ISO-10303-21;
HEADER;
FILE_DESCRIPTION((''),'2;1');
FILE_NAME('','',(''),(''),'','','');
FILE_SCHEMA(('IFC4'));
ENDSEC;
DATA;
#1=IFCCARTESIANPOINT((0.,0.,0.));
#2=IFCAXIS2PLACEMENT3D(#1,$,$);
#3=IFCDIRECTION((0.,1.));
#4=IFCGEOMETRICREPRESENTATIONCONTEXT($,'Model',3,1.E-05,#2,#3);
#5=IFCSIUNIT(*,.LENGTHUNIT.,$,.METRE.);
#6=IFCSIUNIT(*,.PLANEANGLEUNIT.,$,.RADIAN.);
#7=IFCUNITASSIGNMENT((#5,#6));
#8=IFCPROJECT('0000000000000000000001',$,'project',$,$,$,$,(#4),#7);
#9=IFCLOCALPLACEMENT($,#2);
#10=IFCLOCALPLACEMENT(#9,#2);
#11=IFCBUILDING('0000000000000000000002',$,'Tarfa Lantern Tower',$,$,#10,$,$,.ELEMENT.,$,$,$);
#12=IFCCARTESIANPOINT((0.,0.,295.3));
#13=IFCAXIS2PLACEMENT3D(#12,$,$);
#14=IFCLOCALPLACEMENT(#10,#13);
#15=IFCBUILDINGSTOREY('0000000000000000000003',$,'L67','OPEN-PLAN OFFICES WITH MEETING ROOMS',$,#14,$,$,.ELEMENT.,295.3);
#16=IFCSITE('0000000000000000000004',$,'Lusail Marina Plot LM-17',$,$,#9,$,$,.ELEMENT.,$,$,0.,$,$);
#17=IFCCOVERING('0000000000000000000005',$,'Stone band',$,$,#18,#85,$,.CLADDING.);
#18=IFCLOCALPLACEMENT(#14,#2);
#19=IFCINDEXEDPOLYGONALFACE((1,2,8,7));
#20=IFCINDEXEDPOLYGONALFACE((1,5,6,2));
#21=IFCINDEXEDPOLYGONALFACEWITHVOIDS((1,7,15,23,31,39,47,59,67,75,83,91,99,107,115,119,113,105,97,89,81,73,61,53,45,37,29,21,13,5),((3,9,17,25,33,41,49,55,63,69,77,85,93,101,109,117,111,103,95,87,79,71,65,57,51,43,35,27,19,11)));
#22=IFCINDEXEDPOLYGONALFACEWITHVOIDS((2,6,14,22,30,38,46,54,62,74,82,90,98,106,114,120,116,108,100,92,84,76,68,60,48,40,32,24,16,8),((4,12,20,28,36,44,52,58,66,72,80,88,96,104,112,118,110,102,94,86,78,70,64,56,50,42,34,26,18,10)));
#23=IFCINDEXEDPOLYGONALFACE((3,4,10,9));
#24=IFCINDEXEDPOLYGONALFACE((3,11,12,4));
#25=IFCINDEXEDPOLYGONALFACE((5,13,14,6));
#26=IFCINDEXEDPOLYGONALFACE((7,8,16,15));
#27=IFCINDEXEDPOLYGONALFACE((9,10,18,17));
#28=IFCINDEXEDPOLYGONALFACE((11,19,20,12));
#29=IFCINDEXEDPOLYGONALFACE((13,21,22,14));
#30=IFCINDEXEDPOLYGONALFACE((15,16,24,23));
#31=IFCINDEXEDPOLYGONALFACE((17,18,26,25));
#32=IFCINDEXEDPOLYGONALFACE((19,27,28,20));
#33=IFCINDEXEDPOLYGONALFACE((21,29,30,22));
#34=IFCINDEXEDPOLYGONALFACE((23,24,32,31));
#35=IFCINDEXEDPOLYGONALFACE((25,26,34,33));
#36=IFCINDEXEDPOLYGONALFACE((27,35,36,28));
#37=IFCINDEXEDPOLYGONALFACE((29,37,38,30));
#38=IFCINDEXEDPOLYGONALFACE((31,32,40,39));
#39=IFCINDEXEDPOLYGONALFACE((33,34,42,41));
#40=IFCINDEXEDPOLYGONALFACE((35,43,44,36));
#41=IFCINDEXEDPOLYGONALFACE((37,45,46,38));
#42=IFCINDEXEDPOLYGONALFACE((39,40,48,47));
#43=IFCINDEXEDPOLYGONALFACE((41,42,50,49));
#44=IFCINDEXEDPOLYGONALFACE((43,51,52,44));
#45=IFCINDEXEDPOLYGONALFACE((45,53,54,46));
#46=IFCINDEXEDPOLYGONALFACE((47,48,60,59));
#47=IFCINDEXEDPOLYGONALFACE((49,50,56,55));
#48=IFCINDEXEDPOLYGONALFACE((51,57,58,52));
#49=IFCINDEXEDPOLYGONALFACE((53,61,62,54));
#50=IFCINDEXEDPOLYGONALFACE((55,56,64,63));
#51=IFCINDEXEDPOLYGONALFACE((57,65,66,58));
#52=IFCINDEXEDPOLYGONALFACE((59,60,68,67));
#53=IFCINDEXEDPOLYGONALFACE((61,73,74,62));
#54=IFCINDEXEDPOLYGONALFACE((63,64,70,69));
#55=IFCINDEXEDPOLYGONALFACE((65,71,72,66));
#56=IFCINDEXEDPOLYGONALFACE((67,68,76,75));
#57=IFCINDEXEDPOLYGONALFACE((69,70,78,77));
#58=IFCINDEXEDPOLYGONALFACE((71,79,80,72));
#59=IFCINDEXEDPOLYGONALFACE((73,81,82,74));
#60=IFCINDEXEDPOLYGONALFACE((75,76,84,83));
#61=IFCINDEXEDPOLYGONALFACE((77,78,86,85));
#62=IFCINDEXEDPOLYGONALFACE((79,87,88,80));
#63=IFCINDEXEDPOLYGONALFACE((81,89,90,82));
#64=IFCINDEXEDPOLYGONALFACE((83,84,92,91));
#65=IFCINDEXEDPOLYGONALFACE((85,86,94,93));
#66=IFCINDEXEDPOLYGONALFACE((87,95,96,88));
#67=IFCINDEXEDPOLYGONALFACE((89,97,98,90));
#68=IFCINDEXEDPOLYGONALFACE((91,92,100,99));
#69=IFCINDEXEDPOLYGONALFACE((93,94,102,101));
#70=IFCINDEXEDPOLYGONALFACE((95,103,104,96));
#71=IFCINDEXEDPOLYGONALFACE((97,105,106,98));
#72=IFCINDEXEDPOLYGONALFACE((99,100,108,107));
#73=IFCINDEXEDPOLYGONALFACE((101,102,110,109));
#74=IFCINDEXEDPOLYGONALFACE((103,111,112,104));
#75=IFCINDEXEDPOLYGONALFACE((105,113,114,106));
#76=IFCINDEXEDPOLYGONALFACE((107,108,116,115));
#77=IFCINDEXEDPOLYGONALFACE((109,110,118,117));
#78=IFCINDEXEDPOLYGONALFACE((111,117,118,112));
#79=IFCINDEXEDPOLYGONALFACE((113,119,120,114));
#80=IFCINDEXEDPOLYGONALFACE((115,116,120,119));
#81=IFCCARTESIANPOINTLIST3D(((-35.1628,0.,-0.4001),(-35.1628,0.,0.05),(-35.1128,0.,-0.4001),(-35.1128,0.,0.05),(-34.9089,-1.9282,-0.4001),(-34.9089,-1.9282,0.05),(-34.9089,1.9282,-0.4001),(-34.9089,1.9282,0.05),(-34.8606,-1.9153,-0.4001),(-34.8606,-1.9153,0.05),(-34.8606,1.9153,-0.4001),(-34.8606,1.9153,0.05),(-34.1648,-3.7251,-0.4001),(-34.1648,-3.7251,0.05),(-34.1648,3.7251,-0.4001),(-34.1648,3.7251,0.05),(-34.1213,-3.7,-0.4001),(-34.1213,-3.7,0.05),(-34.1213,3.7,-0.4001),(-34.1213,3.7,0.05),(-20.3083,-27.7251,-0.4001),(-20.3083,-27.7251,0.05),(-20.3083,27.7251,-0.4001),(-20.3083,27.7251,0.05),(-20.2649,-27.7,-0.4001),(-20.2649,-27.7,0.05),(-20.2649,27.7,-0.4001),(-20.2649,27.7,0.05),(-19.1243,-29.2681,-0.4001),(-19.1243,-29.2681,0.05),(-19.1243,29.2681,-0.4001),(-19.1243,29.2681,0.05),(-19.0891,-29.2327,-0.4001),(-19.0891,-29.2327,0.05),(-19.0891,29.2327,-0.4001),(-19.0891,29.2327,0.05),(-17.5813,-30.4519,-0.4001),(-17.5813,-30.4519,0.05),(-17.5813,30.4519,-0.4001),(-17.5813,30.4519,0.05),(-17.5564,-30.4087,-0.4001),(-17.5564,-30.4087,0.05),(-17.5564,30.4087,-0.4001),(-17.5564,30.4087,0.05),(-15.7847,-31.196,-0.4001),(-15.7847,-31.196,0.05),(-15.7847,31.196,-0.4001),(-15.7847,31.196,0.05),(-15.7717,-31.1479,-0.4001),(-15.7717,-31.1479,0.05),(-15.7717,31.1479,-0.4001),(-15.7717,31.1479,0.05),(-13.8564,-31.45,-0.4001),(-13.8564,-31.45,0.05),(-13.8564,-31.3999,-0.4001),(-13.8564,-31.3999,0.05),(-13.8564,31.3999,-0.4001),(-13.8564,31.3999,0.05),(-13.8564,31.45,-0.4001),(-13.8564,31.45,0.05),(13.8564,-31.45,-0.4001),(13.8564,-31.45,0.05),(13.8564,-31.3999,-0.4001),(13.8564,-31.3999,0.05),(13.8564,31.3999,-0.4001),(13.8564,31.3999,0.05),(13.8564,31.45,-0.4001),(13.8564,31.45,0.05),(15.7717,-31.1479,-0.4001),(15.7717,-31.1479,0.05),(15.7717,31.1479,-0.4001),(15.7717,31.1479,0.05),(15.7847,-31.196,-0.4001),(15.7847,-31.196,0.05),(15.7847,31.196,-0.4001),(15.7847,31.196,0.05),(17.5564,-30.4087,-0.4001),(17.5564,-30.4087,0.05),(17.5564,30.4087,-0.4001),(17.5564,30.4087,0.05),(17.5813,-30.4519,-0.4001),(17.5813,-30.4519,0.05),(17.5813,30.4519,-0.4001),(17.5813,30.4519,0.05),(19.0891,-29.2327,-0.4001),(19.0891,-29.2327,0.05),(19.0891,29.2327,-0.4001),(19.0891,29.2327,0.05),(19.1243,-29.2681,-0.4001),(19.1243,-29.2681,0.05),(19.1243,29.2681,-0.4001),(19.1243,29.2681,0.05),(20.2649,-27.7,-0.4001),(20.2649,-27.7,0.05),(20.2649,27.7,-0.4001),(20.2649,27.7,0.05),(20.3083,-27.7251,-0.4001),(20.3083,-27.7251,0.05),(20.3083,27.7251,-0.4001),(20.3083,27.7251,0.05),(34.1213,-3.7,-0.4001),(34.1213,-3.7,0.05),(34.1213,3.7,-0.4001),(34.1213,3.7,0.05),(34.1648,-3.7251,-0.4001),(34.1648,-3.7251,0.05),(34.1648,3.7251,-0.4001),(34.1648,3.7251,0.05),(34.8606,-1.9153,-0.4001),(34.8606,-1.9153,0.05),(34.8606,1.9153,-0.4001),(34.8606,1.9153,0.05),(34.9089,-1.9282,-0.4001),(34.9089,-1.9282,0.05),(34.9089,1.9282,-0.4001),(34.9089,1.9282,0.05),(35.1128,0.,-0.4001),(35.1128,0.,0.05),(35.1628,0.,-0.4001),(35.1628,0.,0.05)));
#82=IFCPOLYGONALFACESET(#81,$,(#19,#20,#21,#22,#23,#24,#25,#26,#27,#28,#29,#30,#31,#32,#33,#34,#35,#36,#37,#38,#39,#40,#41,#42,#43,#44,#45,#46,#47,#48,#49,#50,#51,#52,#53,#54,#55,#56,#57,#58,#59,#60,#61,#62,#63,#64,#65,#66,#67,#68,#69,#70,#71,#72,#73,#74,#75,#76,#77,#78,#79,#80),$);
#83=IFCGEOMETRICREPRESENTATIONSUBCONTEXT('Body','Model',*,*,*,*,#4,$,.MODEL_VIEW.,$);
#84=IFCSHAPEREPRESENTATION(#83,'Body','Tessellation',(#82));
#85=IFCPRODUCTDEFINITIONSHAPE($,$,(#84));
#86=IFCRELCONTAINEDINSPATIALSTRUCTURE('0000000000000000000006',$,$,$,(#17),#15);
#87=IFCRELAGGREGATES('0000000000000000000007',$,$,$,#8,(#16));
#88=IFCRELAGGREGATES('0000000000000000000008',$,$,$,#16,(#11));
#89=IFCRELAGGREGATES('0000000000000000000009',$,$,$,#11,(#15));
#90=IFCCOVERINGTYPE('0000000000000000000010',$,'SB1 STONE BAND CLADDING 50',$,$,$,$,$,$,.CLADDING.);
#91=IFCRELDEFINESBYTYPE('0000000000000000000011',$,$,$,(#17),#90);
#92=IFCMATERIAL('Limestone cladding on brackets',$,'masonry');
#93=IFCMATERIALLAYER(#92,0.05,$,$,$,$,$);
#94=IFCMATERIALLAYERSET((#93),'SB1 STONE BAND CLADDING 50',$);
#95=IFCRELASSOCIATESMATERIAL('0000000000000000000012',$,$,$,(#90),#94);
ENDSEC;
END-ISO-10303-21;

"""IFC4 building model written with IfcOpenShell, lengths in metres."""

from ifc_helpers import new_model, si_unit, direction, frame, origin, place, context, subcontext, project, spatial, polyline, outline, extrude, material, layer, layer_set, type_object, element, save


model = new_model("IFC4")

# Units and contexts
model_context = context("Model", 3, precision=1e-05, world=origin(), true_north=direction((0.0, 1.0)))
body_context = subcontext(model_context, "Body", "Model", "MODEL_VIEW")
ifc_project = project(units=[si_unit("LENGTHUNIT", "METRE"), si_unit("PLANEANGLEUNIT", "RADIAN")], contexts=[model_context])

# Site, building, storey
site_placement = place(None, origin())
site = spatial("IfcSite", under=ifc_project, at=site_placement, Name="Lusail Marina Plot LM-17", CompositionType="ELEMENT", RefElevation=0.0)
building_placement = place(site_placement, origin())
building = spatial("IfcBuilding", under=site, at=building_placement, Name="Tarfa Lantern Tower", CompositionType="ELEMENT")
storey_placement = place(building_placement, frame((0.0, 0.0, 295.3)))
storey = spatial("IfcBuildingStorey", under=building, at=storey_placement, Name="L67", Description="OPEN-PLAN OFFICES WITH MEETING ROOMS", CompositionType="ELEMENT", Elevation=295.3)

# Covering
ifc_material_1 = material(Name="Limestone cladding on brackets", Category="masonry")
ifc_layer_1 = layer(ifc_material_1, 0.05)
ifc_layer_set_1 = layer_set([ifc_layer_1], Name="SB1 STONE BAND CLADDING 50")
covering_type_1 = type_object("IfcCoveringType", Name="SB1 STONE BAND CLADDING 50", PredefinedType="CLADDING", material=ifc_layer_set_1)
covering_1_placement = place(storey_placement, frame((0.0, 0.0, -0.4001)))
element("IfcCovering", 1, at=covering_1_placement, inside=storey, type_object=covering_type_1, Name="Stone band", PredefinedType="CLADDING", context=body_context, shape_type="SweptSolid", body=[
    extrude(outline(polyline([(34.1648, 3.7251), (20.3083, 27.7251), (19.1243, 29.2681), (17.5813, 30.4519), (15.7847, 31.196), (13.8564, 31.45), (-13.8564, 31.45), (-15.7847, 31.196), (-17.5813, 30.4519), (-19.1243, 29.2681), (-20.3083, 27.7251), (-34.1648, 3.7251), (-34.9089, 1.9282), (-35.1628, 0.0), (-34.9089, -1.9282), (-34.1648, -3.7251), (-20.3083, -27.7251), (-19.1243, -29.2681), (-17.5813, -30.4519), (-15.7847, -31.196), (-13.8564, -31.45), (13.8564, -31.45), (15.7847, -31.196), (17.5813, -30.4519), (19.1243, -29.2681), (20.3083, -27.7251), (34.1648, -3.7251), (34.9089, -1.9282), (35.1628, 0.0), (34.9089, 1.9282), (34.1648, 3.7251)]), holes=[polyline([(34.1213, 3.7), (20.2649, 27.7), (19.0891, 29.2327), (17.5564, 30.4087), (15.7717, 31.1479), (13.8564, 31.3999), (-13.8564, 31.3999), (-15.7717, 31.1479), (-17.5564, 30.4087), (-19.0891, 29.2327), (-20.2649, 27.7), (-34.1213, 3.7), (-34.8606, 1.9153), (-35.1128, 0.0), (-34.8606, -1.9153), (-34.1213, -3.7), (-20.2649, -27.7), (-19.0891, -29.2327), (-17.5564, -30.4087), (-15.7717, -31.1479), (-13.8564, -31.3999), (13.8564, -31.3999), (15.7717, -31.1479), (17.5564, -30.4087), (19.0891, -29.2327), (20.2649, -27.7), (34.1213, -3.7), (34.8606, -1.9153), (35.1128, 0.0), (34.8606, 1.9153), (34.1213, 3.7)])]), origin(), (0.0, 0.0, 1.0), 0.4502),
])

save(model, "model.ifc")
